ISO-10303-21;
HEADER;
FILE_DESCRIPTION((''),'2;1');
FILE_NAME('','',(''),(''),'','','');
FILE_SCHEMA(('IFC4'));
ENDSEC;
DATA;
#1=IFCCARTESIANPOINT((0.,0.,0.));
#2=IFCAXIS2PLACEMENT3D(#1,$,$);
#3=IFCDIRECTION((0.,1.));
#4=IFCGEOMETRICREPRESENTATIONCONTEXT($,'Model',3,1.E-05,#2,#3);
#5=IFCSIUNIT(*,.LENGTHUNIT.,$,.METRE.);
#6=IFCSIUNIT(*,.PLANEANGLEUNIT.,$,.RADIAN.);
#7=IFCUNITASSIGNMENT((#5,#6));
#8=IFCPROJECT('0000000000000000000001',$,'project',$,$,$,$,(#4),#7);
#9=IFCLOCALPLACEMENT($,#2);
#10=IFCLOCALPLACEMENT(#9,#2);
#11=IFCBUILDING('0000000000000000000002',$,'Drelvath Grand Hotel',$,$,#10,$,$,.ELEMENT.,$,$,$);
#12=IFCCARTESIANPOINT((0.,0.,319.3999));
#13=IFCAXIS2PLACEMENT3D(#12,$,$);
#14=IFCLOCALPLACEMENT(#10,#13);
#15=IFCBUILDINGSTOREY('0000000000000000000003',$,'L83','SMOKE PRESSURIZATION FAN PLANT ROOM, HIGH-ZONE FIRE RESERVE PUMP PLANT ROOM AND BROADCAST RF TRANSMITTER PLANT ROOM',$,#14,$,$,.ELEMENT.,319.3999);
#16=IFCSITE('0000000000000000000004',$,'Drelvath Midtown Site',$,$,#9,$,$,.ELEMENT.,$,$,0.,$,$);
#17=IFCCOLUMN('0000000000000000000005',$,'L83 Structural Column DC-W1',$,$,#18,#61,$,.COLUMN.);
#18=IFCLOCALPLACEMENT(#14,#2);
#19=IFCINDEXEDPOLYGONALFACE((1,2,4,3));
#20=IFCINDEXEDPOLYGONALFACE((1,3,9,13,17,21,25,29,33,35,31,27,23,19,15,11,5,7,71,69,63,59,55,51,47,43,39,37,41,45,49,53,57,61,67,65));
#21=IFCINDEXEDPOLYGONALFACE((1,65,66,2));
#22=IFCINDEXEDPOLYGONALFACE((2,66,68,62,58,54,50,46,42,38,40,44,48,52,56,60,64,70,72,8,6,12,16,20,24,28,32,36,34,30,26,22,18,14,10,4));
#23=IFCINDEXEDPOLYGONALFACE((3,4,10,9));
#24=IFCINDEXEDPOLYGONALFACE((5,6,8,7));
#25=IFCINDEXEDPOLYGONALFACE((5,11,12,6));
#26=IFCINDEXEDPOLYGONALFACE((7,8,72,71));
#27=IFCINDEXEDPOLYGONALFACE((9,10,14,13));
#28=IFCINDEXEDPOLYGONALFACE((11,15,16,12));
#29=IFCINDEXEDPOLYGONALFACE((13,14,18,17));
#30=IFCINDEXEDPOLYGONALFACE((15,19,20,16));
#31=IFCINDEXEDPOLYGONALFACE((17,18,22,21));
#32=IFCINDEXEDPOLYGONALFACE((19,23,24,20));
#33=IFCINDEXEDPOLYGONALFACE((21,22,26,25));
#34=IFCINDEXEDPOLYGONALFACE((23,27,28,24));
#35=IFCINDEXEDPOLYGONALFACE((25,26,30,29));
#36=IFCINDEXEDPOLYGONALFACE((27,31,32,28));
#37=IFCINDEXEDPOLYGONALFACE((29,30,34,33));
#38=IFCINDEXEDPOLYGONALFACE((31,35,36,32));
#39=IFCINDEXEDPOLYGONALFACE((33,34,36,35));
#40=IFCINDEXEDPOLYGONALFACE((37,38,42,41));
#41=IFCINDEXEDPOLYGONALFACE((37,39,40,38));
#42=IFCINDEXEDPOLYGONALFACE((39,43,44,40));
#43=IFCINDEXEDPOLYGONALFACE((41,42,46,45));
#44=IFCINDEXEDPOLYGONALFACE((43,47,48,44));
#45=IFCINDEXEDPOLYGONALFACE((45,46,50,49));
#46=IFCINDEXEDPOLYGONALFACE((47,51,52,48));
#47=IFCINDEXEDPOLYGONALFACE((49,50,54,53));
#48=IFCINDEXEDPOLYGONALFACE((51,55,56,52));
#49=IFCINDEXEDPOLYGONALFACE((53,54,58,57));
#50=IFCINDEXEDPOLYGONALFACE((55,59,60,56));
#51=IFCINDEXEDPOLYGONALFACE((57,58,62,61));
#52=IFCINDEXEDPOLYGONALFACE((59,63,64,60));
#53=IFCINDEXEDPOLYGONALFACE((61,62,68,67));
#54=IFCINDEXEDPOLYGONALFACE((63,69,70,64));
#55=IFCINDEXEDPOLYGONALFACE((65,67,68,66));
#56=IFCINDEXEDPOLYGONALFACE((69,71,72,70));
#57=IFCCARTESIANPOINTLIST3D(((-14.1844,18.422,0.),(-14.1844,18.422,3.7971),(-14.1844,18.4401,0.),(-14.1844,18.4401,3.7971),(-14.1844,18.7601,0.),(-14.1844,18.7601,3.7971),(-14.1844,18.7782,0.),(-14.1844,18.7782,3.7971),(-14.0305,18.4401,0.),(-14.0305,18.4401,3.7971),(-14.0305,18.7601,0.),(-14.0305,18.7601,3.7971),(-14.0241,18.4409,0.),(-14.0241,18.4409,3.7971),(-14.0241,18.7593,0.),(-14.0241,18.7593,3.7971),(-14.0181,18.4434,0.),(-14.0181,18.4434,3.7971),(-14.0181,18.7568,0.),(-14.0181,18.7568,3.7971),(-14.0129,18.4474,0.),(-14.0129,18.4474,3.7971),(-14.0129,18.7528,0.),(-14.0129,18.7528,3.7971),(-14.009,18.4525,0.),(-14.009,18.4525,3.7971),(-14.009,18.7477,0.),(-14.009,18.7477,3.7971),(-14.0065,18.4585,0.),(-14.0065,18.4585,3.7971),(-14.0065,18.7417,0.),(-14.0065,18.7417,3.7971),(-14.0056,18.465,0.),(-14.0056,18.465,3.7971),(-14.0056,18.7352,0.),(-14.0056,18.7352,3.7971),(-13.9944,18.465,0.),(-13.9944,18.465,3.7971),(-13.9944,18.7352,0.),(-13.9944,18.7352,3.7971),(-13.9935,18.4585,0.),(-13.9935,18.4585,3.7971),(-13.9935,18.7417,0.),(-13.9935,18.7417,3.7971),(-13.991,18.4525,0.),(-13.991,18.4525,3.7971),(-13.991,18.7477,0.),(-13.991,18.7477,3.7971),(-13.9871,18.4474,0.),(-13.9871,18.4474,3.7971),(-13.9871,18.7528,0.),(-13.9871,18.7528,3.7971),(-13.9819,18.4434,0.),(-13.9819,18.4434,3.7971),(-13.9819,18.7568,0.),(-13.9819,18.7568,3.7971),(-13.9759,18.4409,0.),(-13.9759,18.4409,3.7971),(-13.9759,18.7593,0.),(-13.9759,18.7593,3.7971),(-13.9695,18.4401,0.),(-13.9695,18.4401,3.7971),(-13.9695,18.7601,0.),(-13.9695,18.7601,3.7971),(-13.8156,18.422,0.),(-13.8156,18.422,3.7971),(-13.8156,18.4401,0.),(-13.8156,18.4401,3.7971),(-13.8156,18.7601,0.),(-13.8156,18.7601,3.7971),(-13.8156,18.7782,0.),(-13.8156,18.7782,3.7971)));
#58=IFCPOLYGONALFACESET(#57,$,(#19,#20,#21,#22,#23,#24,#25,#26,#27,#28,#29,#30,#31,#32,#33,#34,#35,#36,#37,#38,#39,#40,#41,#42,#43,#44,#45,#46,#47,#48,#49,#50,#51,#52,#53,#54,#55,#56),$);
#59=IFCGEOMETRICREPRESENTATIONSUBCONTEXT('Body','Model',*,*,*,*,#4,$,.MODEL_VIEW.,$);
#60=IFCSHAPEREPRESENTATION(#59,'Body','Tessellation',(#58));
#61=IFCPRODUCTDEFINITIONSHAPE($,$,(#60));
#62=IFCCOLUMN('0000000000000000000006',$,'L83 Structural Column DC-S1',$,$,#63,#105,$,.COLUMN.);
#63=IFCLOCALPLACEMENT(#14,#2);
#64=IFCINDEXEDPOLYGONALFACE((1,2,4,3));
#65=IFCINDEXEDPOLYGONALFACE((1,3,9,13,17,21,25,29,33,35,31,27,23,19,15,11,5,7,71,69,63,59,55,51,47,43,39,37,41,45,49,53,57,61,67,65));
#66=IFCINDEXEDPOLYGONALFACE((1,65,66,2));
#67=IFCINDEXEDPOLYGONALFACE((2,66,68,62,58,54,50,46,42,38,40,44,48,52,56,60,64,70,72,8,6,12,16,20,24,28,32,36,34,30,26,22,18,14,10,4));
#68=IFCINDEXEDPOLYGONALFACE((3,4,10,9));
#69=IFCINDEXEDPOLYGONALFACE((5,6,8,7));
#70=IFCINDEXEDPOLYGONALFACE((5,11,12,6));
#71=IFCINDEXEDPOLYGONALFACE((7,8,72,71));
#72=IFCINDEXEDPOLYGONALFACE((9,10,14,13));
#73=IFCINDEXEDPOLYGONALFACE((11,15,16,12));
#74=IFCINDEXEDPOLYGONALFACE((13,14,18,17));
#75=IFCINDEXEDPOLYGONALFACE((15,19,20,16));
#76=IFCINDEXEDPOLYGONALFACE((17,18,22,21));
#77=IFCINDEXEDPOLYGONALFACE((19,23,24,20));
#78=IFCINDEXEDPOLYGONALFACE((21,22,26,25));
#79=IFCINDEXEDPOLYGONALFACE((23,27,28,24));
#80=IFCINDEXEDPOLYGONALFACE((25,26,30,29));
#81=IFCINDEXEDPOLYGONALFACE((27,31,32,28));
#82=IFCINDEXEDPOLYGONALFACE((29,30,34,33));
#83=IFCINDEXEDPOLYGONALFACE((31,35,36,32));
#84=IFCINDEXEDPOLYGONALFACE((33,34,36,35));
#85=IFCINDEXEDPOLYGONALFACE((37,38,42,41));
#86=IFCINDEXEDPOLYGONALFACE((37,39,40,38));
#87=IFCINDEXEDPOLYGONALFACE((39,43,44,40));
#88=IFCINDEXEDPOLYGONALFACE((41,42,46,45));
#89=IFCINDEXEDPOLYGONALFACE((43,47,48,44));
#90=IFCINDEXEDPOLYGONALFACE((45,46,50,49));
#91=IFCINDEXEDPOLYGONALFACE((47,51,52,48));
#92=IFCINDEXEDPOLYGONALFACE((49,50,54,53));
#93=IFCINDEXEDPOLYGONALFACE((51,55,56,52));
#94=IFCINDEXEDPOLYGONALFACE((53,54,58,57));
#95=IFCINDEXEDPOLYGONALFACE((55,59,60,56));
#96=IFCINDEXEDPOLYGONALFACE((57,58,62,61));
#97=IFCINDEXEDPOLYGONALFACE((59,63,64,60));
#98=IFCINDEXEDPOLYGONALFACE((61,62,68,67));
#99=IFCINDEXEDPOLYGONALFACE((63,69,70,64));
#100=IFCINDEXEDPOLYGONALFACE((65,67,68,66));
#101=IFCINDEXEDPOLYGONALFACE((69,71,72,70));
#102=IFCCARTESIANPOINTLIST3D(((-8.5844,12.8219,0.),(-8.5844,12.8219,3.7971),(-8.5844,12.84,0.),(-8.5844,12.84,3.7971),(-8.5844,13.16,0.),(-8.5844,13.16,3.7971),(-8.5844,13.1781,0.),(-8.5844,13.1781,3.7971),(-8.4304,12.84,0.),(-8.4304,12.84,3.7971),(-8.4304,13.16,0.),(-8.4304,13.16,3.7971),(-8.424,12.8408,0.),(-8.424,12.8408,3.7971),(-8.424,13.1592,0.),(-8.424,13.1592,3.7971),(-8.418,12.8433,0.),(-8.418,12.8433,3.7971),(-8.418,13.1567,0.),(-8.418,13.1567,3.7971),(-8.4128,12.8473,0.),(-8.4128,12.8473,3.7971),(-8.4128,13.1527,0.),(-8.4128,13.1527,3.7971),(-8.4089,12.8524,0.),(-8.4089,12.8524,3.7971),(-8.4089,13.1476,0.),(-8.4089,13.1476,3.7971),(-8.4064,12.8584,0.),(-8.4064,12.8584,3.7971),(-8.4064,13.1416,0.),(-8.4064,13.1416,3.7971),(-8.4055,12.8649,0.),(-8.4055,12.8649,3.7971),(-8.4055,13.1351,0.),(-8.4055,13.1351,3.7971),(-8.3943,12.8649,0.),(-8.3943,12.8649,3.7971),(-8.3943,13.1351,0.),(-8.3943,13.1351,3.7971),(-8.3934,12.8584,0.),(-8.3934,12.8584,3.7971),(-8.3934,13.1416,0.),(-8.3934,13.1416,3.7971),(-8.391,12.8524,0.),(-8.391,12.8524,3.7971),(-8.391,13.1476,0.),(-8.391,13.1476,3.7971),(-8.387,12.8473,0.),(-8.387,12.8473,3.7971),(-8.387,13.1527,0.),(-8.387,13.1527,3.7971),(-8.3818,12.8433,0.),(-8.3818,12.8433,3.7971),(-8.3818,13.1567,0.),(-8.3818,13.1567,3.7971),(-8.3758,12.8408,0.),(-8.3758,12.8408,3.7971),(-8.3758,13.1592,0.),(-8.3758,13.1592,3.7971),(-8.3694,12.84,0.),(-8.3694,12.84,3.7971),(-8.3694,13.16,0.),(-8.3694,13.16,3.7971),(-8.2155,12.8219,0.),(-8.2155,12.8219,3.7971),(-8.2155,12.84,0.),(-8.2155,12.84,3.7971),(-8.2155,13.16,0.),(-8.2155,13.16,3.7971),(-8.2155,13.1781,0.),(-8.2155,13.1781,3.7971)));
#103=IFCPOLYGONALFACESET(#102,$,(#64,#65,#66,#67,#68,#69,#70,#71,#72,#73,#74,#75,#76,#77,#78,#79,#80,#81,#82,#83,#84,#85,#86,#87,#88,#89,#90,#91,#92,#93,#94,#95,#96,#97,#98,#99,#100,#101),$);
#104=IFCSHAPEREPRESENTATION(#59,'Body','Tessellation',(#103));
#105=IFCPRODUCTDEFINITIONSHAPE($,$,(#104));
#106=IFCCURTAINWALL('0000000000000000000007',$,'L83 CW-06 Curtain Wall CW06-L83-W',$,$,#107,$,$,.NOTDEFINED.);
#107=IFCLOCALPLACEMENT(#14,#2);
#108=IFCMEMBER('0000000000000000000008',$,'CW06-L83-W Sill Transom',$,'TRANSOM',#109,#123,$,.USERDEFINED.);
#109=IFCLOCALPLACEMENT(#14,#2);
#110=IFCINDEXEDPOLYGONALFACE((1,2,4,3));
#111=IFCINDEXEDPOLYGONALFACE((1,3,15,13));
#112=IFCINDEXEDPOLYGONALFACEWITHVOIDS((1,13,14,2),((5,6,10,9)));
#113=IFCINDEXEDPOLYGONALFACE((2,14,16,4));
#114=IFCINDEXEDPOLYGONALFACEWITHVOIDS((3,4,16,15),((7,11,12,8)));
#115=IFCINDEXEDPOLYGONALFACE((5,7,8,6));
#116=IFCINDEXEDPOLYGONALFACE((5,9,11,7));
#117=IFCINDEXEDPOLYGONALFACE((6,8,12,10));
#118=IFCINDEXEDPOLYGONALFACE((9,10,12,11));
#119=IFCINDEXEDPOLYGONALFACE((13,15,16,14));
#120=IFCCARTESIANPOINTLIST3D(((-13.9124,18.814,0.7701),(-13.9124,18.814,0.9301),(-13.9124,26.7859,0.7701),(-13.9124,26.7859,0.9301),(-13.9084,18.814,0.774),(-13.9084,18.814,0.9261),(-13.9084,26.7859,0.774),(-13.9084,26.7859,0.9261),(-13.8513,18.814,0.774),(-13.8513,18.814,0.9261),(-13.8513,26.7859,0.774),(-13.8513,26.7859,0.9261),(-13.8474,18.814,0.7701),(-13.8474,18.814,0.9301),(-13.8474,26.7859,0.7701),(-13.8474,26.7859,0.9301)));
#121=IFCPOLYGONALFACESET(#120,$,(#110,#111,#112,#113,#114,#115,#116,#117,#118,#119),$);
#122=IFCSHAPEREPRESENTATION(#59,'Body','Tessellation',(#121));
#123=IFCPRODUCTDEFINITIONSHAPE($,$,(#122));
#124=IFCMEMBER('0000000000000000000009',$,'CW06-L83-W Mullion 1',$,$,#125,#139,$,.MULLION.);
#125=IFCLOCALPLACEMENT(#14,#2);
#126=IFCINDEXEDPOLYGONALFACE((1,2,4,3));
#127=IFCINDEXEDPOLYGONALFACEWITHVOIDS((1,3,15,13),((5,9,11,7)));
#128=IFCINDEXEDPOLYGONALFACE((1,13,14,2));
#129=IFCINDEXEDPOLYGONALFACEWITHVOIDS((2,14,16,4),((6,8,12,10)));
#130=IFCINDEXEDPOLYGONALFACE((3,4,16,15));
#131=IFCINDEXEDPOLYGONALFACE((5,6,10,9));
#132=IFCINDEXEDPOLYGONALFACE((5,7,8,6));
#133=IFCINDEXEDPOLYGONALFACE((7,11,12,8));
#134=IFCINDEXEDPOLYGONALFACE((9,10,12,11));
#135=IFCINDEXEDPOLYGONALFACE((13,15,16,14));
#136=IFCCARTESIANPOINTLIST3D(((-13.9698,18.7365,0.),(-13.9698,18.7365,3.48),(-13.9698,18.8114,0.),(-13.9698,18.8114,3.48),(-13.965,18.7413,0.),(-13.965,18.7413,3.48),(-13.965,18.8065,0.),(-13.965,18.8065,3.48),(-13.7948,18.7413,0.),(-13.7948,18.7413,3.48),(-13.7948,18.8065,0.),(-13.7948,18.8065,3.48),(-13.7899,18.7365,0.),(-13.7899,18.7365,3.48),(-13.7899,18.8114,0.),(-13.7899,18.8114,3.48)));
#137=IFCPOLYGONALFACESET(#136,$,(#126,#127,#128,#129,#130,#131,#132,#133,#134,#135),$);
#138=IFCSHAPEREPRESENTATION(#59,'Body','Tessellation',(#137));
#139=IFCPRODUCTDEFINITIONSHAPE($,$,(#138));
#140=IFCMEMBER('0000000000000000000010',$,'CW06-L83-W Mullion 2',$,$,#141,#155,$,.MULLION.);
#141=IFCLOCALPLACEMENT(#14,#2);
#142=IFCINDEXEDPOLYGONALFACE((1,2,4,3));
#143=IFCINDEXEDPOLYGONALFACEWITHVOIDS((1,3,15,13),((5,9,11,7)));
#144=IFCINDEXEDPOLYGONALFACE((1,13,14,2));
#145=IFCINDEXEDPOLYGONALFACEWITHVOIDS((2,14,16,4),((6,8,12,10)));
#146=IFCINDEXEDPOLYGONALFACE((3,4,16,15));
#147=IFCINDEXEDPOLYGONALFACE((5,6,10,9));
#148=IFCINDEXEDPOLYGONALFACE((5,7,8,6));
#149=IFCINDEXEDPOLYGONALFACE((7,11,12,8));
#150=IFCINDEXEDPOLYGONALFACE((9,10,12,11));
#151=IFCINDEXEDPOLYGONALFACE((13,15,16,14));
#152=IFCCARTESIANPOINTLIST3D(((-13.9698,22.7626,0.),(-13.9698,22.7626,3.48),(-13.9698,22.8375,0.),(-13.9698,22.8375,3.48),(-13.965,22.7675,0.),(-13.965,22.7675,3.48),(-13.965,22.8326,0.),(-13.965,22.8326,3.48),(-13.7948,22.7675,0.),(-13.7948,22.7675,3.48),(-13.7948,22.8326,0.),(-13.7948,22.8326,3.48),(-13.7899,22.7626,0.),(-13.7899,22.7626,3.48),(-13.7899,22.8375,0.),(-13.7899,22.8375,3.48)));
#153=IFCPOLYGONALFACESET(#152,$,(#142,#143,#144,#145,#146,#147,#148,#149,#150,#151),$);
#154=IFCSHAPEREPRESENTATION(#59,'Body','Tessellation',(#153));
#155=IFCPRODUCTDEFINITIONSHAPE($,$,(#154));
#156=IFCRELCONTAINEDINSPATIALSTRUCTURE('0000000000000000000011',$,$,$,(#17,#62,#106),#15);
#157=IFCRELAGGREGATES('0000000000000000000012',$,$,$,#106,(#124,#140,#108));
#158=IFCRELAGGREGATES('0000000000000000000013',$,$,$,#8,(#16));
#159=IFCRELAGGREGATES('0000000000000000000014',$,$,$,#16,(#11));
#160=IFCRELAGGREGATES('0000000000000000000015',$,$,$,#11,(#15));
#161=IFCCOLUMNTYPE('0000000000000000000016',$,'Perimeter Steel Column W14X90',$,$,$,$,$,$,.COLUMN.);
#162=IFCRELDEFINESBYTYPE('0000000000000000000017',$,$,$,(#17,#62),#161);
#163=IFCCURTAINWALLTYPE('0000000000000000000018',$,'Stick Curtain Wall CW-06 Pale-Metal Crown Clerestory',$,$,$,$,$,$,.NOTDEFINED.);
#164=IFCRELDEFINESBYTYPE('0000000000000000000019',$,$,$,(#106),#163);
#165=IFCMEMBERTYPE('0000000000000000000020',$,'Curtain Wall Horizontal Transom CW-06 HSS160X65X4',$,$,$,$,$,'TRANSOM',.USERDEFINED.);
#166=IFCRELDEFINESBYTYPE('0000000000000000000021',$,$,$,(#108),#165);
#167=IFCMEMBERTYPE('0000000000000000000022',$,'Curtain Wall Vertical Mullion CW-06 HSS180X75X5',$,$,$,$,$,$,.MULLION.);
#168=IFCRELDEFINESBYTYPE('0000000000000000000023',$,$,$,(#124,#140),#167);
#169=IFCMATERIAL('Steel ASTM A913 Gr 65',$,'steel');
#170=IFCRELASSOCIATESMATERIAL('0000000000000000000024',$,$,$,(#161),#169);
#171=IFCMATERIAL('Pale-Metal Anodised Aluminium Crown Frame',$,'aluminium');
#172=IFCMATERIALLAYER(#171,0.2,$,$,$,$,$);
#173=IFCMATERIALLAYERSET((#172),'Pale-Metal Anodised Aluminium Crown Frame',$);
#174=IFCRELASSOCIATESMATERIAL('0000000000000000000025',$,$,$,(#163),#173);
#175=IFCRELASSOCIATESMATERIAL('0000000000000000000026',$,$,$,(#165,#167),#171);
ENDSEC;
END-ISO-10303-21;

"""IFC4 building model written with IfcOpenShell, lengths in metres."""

from ifc_helpers import new_model, si_unit, direction, frame, origin, origin_2d, place, context, subcontext, project, spatial, hollow_rectangle, i_section, extrude, material, layer, layer_set, material_profile, profile_set, type_object, element, aggregate, save


model = new_model("IFC4")

# Units and contexts
model_context = context("Model", 3, precision=1e-05, world=origin(), true_north=direction((0.0, 1.0)))
body_context = subcontext(model_context, "Body", "Model", "MODEL_VIEW")
ifc_project = project(units=[si_unit("LENGTHUNIT", "METRE"), si_unit("PLANEANGLEUNIT", "RADIAN")], contexts=[model_context])

# Site, building, storey
site_placement = place(None, origin())
site = spatial("IfcSite", under=ifc_project, at=site_placement, Name="Drelvath Midtown Site", CompositionType="ELEMENT", RefElevation=0.0)
building_placement = place(site_placement, origin())
building = spatial("IfcBuilding", under=site, at=building_placement, Name="Drelvath Grand Hotel", CompositionType="ELEMENT")
storey_placement = place(building_placement, frame((0.0, 0.0, 319.3999)))
storey = spatial("IfcBuildingStorey", under=building, at=storey_placement, Name="L83", Description="SMOKE PRESSURIZATION FAN PLANT ROOM, HIGH-ZONE FIRE RESERVE PUMP PLANT ROOM AND BROADCAST RF TRANSMITTER PLANT ROOM", CompositionType="ELEMENT", Elevation=319.3999)

# Columns
ifc_material_1 = material(Name="Steel ASTM A913 Gr 65", Category="steel")
ifc_material_profile_1 = material_profile(ifc_material_1, i_section(OverallWidth=0.3689, OverallDepth=0.3562, WebThickness=0.0112, FlangeThickness=0.0181, FilletRadius=0.0249, at=origin_2d()), Name="W14X90")
ifc_profile_set_1 = profile_set([ifc_material_profile_1], Name="Steel ASTM A913 Gr 65")
column_type = type_object("IfcColumnType", Name="Perimeter Steel Column W14X90", PredefinedType="COLUMN", material=ifc_profile_set_1)
for number, where, z_axis, x_axis, name in (
    (1, (-14.0, 18.6001, 0.0), (0.0, 0.0, 1.0), (1.0, 0.0, 0.0), "L83 Structural Column DC-W1"),
    (2, (-8.3999, 13.0, 0.0), (0.0, 0.0, 1.0), (1.0, 0.0, 0.0), "L83 Structural Column DC-S1"),
):
    element("IfcColumn", number, at=place(storey_placement, frame(where, z_axis=z_axis, x_axis=x_axis)), inside=storey, type_object=column_type, Name=name, PredefinedType="COLUMN", context=body_context, shape_type="SweptSolid", body=[
        extrude(i_section(OverallWidth=0.3689, OverallDepth=0.3562, WebThickness=0.0112, FlangeThickness=0.0181, FilletRadius=0.0249, at=origin_2d()), origin(), (0.0, 0.0, 1.0), 3.7971),
    ])

# Curtain wall, members
ifc_material_2 = material(Name="Pale-Metal Anodised Aluminium Crown Frame", Category="aluminium")
ifc_layer_1 = layer(ifc_material_2, 0.2)
ifc_layer_set_1 = layer_set([ifc_layer_1], Name="Pale-Metal Anodised Aluminium Crown Frame")
curtain_wall_type = type_object("IfcCurtainWallType", Name="Stick Curtain Wall CW-06 Pale-Metal Crown Clerestory", PredefinedType="NOTDEFINED", material=ifc_layer_set_1)
curtain_wall_placement = place(storey_placement, origin())
curtain_wall = element("IfcCurtainWall", 3, at=curtain_wall_placement, inside=storey, type_object=curtain_wall_type, Name="L83 CW-06 Curtain Wall CW06-L83-W", PredefinedType="NOTDEFINED")
ifc_material_profile_2 = material_profile(ifc_material_2, hollow_rectangle(XDim=0.0649, YDim=0.1599, WallThickness=0.0039, at=origin_2d()), Name="HSS160X65X4")
ifc_profile_set_2 = profile_set([ifc_material_profile_2], Name="Pale-Metal Anodised Aluminium Crown Frame")
member_type_1 = type_object("IfcMemberType", Name="Curtain Wall Horizontal Transom CW-06 HSS160X65X4", ElementType="TRANSOM", PredefinedType="USERDEFINED", material=ifc_profile_set_2)
member_1_placement = place(storey_placement, frame((-13.8799, 18.814, 0.8501), z_axis=(0.0, 1.0, 0.0), x_axis=(-1.0, 0.0, 0.0)))
member_1 = element("IfcMember", 4, at=member_1_placement, type_object=member_type_1, Name="CW06-L83-W Sill Transom", ObjectType="TRANSOM", PredefinedType="USERDEFINED", context=body_context, shape_type="SweptSolid", body=[
    extrude(hollow_rectangle(XDim=0.0649, YDim=0.1599, WallThickness=0.0039, at=origin_2d()), origin(), (0.0, 0.0, 1.0), 7.9719),
])
ifc_material_profile_3 = material_profile(ifc_material_2, hollow_rectangle(XDim=0.075, YDim=0.1799, WallThickness=0.0049, at=origin_2d()), Name="HSS180X75X5")
ifc_profile_set_3 = profile_set([ifc_material_profile_3], Name="Pale-Metal Anodised Aluminium Crown Frame")
member_type_2 = type_object("IfcMemberType", Name="Curtain Wall Vertical Mullion CW-06 HSS180X75X5", PredefinedType="MULLION", material=ifc_profile_set_3)
member_2_placement = place(storey_placement, frame((-13.8799, 18.7739, 0.0), z_axis=(0.0, 0.0, 1.0), x_axis=(0.0, 1.0, 0.0)))
member_2 = element("IfcMember", 5, at=member_2_placement, type_object=member_type_2, Name="CW06-L83-W Mullion 1", PredefinedType="MULLION", context=body_context, shape_type="SweptSolid", body=[
    extrude(hollow_rectangle(XDim=0.075, YDim=0.1799, WallThickness=0.0049, at=origin_2d()), origin(), (0.0, 0.0, 1.0), 3.48),
])
member_3_placement = place(storey_placement, frame((-13.8799, 22.8, 0.0), z_axis=(0.0, 0.0, 1.0), x_axis=(0.0, 1.0, 0.0)))
member_3 = element("IfcMember", 6, at=member_3_placement, type_object=member_type_2, Name="CW06-L83-W Mullion 2", PredefinedType="MULLION", context=body_context, shape_type="SweptSolid", body=[
    extrude(hollow_rectangle(XDim=0.075, YDim=0.1799, WallThickness=0.0049, at=origin_2d()), origin(), (0.0, 0.0, 1.0), 3.48),
])

aggregate(curtain_wall, [member_2, member_3, member_1])

save(model, "model.ifc")
